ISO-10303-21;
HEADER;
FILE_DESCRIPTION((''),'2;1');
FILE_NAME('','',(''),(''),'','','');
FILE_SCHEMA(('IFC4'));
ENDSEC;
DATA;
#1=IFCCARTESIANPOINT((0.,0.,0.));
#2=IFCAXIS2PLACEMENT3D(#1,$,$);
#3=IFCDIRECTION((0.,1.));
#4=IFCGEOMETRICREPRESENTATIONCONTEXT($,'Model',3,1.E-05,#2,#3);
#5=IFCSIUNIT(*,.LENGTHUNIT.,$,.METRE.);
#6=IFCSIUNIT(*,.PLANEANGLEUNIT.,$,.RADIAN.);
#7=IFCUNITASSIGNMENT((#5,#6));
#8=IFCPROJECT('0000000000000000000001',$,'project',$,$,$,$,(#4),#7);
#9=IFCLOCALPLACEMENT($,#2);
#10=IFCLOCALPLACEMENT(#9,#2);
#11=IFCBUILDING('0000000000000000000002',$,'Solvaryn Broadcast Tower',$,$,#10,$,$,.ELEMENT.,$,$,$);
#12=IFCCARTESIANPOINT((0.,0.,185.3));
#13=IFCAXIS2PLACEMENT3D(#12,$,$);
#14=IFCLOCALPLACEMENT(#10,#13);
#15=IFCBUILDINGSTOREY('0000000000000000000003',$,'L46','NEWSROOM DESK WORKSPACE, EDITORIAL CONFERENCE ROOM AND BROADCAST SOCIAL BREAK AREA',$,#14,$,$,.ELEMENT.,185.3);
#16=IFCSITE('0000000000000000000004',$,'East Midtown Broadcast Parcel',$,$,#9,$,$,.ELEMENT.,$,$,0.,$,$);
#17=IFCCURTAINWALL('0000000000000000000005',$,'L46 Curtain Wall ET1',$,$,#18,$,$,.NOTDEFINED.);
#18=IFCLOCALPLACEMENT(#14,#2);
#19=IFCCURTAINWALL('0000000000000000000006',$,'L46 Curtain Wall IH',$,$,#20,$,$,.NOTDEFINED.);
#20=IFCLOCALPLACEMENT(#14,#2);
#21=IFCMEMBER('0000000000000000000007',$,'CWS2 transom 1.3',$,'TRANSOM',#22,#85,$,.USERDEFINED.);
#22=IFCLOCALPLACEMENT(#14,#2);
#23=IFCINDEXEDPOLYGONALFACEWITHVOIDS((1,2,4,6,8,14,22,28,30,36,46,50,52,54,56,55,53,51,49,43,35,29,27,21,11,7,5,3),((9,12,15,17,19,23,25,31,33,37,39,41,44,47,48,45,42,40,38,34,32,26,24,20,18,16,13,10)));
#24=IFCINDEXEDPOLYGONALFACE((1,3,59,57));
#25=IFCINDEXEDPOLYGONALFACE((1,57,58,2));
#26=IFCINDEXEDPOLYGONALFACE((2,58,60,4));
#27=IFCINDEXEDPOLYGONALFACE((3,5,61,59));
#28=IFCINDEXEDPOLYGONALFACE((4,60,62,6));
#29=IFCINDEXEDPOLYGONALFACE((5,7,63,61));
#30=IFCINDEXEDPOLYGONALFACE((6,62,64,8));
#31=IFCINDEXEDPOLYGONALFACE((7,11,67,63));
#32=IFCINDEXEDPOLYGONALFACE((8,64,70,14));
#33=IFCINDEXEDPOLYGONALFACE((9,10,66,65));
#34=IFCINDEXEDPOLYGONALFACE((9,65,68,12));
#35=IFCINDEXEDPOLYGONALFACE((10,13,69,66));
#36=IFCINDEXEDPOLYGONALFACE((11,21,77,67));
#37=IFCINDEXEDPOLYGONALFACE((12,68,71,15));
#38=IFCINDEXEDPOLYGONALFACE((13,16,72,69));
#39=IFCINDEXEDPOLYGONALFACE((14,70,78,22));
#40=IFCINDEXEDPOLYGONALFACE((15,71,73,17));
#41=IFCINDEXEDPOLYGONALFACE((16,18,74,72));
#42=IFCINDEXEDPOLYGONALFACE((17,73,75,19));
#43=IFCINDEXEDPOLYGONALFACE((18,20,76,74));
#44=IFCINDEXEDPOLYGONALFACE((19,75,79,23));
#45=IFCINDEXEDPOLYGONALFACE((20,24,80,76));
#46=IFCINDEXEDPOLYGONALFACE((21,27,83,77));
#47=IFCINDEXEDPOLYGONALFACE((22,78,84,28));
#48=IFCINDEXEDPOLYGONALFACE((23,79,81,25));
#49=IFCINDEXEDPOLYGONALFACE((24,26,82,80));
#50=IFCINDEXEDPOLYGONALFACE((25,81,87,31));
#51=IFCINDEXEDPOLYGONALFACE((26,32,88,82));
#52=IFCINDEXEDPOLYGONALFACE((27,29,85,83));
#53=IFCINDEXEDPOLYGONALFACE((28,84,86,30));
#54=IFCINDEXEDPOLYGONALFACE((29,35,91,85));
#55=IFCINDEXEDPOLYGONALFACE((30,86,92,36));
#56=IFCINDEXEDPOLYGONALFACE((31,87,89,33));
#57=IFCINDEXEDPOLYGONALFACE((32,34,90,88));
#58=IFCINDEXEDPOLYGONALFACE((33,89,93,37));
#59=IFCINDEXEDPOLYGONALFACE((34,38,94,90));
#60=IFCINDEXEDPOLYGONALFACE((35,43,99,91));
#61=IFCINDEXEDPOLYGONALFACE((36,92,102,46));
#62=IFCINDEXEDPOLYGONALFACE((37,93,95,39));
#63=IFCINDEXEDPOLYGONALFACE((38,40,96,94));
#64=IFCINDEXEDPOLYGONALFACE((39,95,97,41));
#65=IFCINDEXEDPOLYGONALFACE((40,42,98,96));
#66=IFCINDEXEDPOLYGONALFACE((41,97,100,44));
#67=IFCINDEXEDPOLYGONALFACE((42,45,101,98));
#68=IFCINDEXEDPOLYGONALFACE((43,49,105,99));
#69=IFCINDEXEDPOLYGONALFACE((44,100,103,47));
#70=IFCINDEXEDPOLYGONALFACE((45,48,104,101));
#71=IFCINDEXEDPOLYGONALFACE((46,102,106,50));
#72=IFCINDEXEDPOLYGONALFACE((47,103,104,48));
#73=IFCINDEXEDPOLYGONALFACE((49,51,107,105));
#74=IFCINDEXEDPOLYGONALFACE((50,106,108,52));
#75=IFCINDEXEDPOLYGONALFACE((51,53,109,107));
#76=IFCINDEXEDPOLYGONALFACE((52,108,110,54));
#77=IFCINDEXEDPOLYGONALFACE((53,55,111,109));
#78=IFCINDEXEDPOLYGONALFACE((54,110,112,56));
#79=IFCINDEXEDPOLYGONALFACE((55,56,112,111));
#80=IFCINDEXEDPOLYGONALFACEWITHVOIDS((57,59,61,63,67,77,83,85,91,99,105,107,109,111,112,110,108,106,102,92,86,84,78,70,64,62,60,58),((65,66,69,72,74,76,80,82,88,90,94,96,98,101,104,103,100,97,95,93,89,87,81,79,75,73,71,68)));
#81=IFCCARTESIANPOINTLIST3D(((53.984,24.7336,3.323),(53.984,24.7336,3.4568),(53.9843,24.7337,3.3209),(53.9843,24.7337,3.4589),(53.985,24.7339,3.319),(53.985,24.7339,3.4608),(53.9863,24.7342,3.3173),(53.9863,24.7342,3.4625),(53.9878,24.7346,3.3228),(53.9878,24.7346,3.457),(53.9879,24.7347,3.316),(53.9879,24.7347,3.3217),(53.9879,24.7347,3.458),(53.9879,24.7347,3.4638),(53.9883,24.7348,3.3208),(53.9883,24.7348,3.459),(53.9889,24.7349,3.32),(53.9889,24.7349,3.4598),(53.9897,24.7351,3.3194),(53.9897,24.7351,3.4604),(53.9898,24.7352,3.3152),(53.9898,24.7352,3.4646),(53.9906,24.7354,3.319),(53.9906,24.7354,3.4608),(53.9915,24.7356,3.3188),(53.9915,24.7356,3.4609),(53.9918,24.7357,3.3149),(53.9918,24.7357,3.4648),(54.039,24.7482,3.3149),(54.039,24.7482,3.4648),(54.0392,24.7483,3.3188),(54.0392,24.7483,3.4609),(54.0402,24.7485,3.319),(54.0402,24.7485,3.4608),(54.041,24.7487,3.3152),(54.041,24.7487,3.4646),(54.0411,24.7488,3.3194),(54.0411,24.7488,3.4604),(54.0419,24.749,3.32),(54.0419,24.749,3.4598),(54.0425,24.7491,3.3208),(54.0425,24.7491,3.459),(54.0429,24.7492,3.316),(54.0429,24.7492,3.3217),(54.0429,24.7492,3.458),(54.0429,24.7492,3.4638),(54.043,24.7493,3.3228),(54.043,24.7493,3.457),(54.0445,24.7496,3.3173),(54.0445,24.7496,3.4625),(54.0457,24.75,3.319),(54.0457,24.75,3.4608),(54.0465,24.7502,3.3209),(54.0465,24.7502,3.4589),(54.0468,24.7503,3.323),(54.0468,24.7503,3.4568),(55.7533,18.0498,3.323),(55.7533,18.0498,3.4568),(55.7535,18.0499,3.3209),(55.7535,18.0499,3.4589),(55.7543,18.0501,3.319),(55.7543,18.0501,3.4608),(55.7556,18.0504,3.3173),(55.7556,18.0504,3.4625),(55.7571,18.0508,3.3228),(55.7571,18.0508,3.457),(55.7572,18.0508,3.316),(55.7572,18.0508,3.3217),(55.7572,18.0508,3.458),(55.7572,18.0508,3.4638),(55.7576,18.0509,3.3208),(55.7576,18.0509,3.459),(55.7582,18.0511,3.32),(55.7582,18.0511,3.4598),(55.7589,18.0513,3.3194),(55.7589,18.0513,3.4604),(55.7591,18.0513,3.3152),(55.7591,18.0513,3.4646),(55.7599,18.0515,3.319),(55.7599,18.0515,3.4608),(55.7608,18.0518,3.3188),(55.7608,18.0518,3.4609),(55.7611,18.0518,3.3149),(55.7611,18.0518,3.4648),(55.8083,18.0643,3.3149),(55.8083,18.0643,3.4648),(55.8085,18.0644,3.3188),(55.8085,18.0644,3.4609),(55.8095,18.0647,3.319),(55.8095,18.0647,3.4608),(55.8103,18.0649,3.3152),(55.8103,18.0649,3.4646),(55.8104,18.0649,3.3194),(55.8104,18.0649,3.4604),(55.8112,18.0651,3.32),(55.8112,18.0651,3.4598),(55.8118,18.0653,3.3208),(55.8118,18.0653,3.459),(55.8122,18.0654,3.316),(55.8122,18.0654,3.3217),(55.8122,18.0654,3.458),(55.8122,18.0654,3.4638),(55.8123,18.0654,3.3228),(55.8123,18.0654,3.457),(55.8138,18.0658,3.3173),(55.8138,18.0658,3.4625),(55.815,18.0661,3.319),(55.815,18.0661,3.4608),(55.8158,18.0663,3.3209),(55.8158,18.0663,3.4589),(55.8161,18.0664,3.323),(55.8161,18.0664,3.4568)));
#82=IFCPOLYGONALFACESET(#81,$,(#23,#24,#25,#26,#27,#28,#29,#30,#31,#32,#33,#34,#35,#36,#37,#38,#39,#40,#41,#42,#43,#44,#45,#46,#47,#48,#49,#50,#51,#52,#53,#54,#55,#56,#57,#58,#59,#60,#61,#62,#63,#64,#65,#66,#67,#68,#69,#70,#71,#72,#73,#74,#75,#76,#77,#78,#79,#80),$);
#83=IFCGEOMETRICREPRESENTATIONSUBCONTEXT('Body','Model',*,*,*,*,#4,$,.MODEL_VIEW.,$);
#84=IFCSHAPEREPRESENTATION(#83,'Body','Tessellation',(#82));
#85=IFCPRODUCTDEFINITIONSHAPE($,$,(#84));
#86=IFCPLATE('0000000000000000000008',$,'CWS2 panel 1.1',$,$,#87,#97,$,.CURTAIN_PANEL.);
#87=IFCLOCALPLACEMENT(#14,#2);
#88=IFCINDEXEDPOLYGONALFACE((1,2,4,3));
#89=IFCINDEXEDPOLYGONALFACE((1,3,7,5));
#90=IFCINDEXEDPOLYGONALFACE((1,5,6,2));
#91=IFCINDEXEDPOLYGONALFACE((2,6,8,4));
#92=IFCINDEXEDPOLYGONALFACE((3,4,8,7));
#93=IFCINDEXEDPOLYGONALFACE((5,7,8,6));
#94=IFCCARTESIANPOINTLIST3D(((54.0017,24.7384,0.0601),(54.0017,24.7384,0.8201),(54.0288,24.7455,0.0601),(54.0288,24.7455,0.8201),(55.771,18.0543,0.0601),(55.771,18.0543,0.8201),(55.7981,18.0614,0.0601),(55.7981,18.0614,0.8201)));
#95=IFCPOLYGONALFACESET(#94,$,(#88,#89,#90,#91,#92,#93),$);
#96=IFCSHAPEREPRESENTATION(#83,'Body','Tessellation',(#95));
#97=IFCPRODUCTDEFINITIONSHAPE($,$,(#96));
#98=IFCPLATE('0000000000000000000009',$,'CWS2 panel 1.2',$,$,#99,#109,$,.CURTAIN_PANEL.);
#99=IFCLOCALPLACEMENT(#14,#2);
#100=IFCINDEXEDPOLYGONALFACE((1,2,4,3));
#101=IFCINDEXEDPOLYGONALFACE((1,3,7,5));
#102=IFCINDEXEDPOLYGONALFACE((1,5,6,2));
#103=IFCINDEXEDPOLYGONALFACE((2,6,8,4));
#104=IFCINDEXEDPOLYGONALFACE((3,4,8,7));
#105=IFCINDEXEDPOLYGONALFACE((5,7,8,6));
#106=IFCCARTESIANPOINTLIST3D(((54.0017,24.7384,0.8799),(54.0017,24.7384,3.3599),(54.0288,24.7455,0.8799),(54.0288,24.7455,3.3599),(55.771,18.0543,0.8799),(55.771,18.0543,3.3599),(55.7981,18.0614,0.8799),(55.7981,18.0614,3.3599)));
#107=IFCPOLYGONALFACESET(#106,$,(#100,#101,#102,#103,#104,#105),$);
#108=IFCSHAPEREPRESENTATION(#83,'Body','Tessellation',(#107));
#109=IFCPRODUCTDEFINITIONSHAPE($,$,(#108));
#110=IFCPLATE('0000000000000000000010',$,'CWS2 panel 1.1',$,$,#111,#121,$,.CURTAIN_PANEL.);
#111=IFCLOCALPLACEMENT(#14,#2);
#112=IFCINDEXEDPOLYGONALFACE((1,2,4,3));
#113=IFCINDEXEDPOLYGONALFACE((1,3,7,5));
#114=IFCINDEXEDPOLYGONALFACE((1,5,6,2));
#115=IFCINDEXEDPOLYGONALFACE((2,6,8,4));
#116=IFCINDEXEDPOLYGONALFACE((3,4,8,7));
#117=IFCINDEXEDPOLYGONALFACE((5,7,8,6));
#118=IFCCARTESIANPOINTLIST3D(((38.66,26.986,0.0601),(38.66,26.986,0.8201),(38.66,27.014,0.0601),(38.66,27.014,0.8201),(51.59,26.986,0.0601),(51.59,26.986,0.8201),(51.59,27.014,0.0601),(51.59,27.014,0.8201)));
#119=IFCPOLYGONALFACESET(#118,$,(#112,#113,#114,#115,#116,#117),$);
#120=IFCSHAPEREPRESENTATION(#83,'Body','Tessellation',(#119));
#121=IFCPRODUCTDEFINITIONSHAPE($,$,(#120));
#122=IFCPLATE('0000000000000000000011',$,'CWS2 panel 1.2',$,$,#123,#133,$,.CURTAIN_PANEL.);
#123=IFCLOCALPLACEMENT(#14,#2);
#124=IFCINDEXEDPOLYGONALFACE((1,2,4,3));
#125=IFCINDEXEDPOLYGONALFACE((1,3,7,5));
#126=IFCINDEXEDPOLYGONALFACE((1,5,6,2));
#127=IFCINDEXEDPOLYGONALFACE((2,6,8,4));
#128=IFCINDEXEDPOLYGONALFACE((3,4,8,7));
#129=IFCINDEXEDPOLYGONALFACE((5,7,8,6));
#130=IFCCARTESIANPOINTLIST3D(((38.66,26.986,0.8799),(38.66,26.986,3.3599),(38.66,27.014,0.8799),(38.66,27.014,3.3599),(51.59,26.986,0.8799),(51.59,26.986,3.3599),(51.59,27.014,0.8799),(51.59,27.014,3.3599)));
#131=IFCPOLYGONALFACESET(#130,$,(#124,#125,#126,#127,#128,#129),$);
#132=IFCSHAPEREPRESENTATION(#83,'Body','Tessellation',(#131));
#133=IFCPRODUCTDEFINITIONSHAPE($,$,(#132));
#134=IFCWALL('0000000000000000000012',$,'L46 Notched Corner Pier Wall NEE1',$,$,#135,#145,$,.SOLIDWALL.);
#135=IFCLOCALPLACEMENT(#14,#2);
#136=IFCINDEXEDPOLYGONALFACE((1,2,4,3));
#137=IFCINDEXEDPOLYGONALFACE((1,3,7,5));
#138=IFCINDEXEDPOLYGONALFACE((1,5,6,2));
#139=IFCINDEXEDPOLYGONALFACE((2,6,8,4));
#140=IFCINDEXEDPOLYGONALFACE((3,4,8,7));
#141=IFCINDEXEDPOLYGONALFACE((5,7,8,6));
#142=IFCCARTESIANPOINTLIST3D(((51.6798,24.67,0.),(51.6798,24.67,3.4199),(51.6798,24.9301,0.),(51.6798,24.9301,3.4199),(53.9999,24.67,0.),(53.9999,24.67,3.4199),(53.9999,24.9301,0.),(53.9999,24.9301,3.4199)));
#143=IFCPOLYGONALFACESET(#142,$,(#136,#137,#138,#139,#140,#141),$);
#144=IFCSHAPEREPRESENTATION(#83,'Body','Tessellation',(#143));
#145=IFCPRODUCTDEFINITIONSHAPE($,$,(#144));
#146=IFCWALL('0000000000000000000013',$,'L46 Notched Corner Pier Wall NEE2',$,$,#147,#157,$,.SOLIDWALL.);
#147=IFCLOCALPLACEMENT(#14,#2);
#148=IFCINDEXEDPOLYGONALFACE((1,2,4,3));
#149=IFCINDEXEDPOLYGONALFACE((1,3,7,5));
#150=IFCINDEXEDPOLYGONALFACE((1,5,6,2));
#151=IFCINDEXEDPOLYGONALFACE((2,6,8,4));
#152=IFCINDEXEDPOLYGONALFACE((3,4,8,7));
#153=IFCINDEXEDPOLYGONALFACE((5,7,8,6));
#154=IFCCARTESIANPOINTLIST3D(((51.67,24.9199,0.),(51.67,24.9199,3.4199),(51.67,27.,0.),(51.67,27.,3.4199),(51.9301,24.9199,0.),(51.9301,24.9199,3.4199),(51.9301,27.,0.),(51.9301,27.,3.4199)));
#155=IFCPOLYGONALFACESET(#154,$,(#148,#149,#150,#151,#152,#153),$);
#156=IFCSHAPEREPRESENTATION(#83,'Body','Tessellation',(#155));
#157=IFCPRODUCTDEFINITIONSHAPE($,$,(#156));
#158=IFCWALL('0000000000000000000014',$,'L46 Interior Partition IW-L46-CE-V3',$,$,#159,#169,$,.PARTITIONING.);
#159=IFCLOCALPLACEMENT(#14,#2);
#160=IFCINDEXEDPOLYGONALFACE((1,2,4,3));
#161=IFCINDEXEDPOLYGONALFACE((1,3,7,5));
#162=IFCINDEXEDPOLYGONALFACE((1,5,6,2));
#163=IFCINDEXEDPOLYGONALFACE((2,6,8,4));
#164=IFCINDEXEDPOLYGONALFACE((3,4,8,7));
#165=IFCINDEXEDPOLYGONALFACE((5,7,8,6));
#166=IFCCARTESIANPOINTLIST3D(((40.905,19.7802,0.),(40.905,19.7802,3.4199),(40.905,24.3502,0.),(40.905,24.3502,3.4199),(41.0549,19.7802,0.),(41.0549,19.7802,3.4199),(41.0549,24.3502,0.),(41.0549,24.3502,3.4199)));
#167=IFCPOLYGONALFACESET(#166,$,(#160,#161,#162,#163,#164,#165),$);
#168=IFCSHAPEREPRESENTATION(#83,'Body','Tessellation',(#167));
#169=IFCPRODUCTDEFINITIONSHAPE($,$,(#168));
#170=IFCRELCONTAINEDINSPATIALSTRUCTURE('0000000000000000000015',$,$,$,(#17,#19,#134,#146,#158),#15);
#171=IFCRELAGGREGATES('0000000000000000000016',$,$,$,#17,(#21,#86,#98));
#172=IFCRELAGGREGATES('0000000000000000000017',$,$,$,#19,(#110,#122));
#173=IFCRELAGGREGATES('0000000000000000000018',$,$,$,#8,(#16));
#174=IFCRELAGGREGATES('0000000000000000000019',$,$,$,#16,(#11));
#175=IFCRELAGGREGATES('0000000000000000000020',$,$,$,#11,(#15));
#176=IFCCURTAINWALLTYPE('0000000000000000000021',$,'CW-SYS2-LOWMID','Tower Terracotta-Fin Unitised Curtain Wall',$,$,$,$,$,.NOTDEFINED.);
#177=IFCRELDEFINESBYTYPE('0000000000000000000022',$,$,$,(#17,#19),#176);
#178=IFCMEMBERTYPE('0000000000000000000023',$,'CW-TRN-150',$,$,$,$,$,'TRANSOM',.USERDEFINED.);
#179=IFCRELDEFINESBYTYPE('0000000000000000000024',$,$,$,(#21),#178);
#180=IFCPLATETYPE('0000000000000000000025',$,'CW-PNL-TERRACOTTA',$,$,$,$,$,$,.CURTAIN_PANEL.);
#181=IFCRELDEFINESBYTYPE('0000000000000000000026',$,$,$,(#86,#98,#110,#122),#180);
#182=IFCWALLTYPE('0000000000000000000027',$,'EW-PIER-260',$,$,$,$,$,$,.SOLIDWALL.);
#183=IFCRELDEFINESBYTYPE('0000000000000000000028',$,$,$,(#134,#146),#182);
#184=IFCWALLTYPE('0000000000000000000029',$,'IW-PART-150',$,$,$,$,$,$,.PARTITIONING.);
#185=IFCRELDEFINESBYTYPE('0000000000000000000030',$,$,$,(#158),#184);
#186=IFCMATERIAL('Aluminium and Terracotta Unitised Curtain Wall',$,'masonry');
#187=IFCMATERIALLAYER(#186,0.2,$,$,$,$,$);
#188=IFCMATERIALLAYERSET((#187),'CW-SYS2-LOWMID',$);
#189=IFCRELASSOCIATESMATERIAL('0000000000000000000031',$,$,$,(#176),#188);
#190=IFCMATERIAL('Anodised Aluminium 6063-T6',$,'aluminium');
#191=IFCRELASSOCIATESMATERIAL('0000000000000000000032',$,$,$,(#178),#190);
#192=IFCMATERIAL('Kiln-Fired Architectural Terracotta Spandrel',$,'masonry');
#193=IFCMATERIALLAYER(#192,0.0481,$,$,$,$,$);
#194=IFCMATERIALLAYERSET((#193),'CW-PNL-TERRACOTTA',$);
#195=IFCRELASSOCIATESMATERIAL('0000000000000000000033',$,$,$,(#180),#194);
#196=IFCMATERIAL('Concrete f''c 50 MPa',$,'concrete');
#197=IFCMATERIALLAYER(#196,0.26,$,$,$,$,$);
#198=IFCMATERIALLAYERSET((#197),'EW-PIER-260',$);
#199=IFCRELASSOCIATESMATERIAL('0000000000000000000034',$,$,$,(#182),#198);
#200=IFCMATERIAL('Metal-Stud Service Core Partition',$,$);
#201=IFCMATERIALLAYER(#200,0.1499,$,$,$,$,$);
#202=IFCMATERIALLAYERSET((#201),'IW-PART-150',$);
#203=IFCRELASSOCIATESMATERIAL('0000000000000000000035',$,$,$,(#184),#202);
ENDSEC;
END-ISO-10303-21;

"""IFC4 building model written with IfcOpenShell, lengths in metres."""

from ifc_helpers import new_model, si_unit, direction, frame, frame_2d, origin, origin_2d, place, context, subcontext, project, spatial, rectangle, hollow_rectangle, extrude, material, layer, layer_set, material_profile, profile_set, type_object, element, aggregate, save


model = new_model("IFC4")

# Units and contexts
model_context = context("Model", 3, precision=1e-05, world=origin(), true_north=direction((0.0, 1.0)))
body_context = subcontext(model_context, "Body", "Model", "MODEL_VIEW")
ifc_project = project(units=[si_unit("LENGTHUNIT", "METRE"), si_unit("PLANEANGLEUNIT", "RADIAN")], contexts=[model_context])

# Site, building, storey
site_placement = place(None, origin())
site = spatial("IfcSite", under=ifc_project, at=site_placement, Name="East Midtown Broadcast Parcel", CompositionType="ELEMENT", RefElevation=0.0)
building_placement = place(site_placement, origin())
building = spatial("IfcBuilding", under=site, at=building_placement, Name="Solvaryn Broadcast Tower", CompositionType="ELEMENT")
storey_placement = place(building_placement, frame((0.0, 0.0, 185.3)))
storey = spatial("IfcBuildingStorey", under=building, at=storey_placement, Name="L46", Description="NEWSROOM DESK WORKSPACE, EDITORIAL CONFERENCE ROOM AND BROADCAST SOCIAL BREAK AREA", CompositionType="ELEMENT", Elevation=185.3)

# Curtain walls
ifc_material_1 = material(Name="Aluminium and Terracotta Unitised Curtain Wall", Category="masonry")
ifc_layer_1 = layer(ifc_material_1, 0.2)
ifc_layer_set_1 = layer_set([ifc_layer_1], Name="CW-SYS2-LOWMID")
curtain_wall_type = type_object("IfcCurtainWallType", Name="CW-SYS2-LOWMID", Description="Tower Terracotta-Fin Unitised Curtain Wall", PredefinedType="NOTDEFINED", material=ifc_layer_set_1)
curtain_wall_1_placement = place(storey_placement, origin())
curtain_wall_1 = element("IfcCurtainWall", 1, at=curtain_wall_1_placement, inside=storey, type_object=curtain_wall_type, Name="L46 Curtain Wall ET1", PredefinedType="NOTDEFINED")
curtain_wall_2_placement = place(storey_placement, origin())
curtain_wall_2 = element("IfcCurtainWall", 2, at=curtain_wall_2_placement, inside=storey, type_object=curtain_wall_type, Name="L46 Curtain Wall IH", PredefinedType="NOTDEFINED")

# Member
ifc_material_2 = material(Name="Anodised Aluminium 6063-T6", Category="aluminium")
ifc_material_profile_1 = material_profile(ifc_material_2, hollow_rectangle(XDim=0.0649, YDim=0.1499, WallThickness=0.0039, InnerFilletRadius=0.0039, OuterFilletRadius=0.0081, at=origin_2d()))
ifc_profile_set_1 = profile_set([ifc_material_profile_1], Name="Anodised Aluminium 6063-T6")
member_type_1 = type_object("IfcMemberType", Name="CW-TRN-150", ElementType="TRANSOM", PredefinedType="USERDEFINED", material=ifc_profile_set_1)
member_1_placement = place(storey_placement, frame((54.0154, 24.7419, 3.3899), z_axis=(0.255897, -0.966704, 0.0), x_axis=(0.966704, 0.255897, 0.0)))
member_1 = element("IfcMember", 3, at=member_1_placement, type_object=member_type_1, Name="CWS2 transom 1.3", ObjectType="TRANSOM", PredefinedType="USERDEFINED", context=body_context, shape_type="SweptSolid", body=[
    extrude(hollow_rectangle(XDim=0.0649, YDim=0.1499, WallThickness=0.0039, InnerFilletRadius=0.0039, OuterFilletRadius=0.0081, at=origin_2d()), origin(), (0.0, 0.0, 1.0), 6.9141),
])

# Plates
ifc_material_3 = material(Name="Kiln-Fired Architectural Terracotta Spandrel", Category="masonry")
ifc_layer_2 = layer(ifc_material_3, 0.0481)
ifc_layer_set_2 = layer_set([ifc_layer_2], Name="CW-PNL-TERRACOTTA")
plate_type = type_object("IfcPlateType", Name="CW-PNL-TERRACOTTA", PredefinedType="CURTAIN_PANEL", material=ifc_layer_set_2)
plate_1_placement = place(storey_placement, frame((54.8999, 21.3999, 0.0601), z_axis=(0.0, 0.0, 1.0), x_axis=(0.255893, -0.966705, 0.0)))
plate_1 = element("IfcPlate", 4, at=plate_1_placement, type_object=plate_type, Name="CWS2 panel 1.1", PredefinedType="CURTAIN_PANEL", context=body_context, shape_type="SweptSolid", body=[
    extrude(rectangle(XDim=6.9143, YDim=0.0281, at=origin_2d()), origin(), (0.0, 0.0, 1.0), 0.76),
])
plate_2_placement = place(storey_placement, frame((54.8999, 21.3999, 0.8799), z_axis=(0.0, 0.0, 1.0), x_axis=(0.255893, -0.966705, 0.0)))
plate_2 = element("IfcPlate", 5, at=plate_2_placement, type_object=plate_type, Name="CWS2 panel 1.2", PredefinedType="CURTAIN_PANEL", context=body_context, shape_type="SweptSolid", body=[
    extrude(rectangle(XDim=6.9143, YDim=0.0281, at=origin_2d()), origin(), (0.0, 0.0, 1.0), 2.48),
])
aggregate(curtain_wall_1, [member_1, plate_1, plate_2])
plate_3_placement = place(storey_placement, frame((45.125, 27.0, 0.0601), z_axis=(0.0, 0.0, 1.0), x_axis=(1.0, 0.0, 0.0)))
plate_3 = element("IfcPlate", 6, at=plate_3_placement, type_object=plate_type, Name="CWS2 panel 1.1", PredefinedType="CURTAIN_PANEL", context=body_context, shape_type="SweptSolid", body=[
    extrude(rectangle(XDim=12.9299, YDim=0.0281, at=origin_2d()), origin(), (0.0, 0.0, 1.0), 0.76),
])
plate_4_placement = place(storey_placement, frame((45.125, 27.0, 0.8799), z_axis=(0.0, 0.0, 1.0), x_axis=(1.0, 0.0, 0.0)))
plate_4 = element("IfcPlate", 7, at=plate_4_placement, type_object=plate_type, Name="CWS2 panel 1.2", PredefinedType="CURTAIN_PANEL", context=body_context, shape_type="SweptSolid", body=[
    extrude(rectangle(XDim=12.9299, YDim=0.0281, at=origin_2d()), origin(), (0.0, 0.0, 1.0), 2.48),
])
aggregate(curtain_wall_2, [plate_3, plate_4])

# Walls
ifc_material_4 = material(Name="Concrete f'c 50 MPa", Category="concrete")
ifc_layer_3 = layer(ifc_material_4, 0.26)
ifc_layer_set_3 = layer_set([ifc_layer_3], Name="EW-PIER-260")
wall_type_1 = type_object("IfcWallType", Name="EW-PIER-260", PredefinedType="SOLIDWALL", material=ifc_layer_set_3)
wall_1_placement = place(storey_placement, frame((54.0, 24.8, 0.0), z_axis=(0.0, 0.0, 1.0), x_axis=(-1.0, 0.0, 0.0)))
element("IfcWall", 8, at=wall_1_placement, inside=storey, type_object=wall_type_1, Name="L46 Notched Corner Pier Wall NEE1", PredefinedType="SOLIDWALL", context=body_context, shape_type="SweptSolid", body=[
    extrude(rectangle(XDim=2.3201, YDim=0.26, at=frame_2d((1.1602, 0.0))), origin(), (0.0, 0.0, 1.0), 3.4199),
])
wall_2_placement = place(storey_placement, frame((51.8, 24.9199, 0.0), z_axis=(0.0, 0.0, 1.0), x_axis=(0.0, 1.0, 0.0)))
element("IfcWall", 9, at=wall_2_placement, inside=storey, type_object=wall_type_1, Name="L46 Notched Corner Pier Wall NEE2", PredefinedType="SOLIDWALL", context=body_context, shape_type="SweptSolid", body=[
    extrude(rectangle(XDim=2.0801, YDim=0.26, at=frame_2d((1.04, 0.0))), origin(), (0.0, 0.0, 1.0), 3.4199),
])
ifc_material_5 = material(Name="Metal-Stud Service Core Partition")
ifc_layer_4 = layer(ifc_material_5, 0.1499)
ifc_layer_set_4 = layer_set([ifc_layer_4], Name="IW-PART-150")
wall_type_2 = type_object("IfcWallType", Name="IW-PART-150", PredefinedType="PARTITIONING", material=ifc_layer_set_4)
wall_3_placement = place(storey_placement, frame((40.98, 19.78, 0.0), z_axis=(0.0, 0.0, 1.0), x_axis=(0.0, 1.0, 0.0)))
element("IfcWall", 10, at=wall_3_placement, inside=storey, type_object=wall_type_2, Name="L46 Interior Partition IW-L46-CE-V3", PredefinedType="PARTITIONING", context=body_context, shape_type="SweptSolid", body=[
    extrude(rectangle(XDim=4.5701, YDim=0.1499, at=frame_2d((2.2852, 0.0))), origin(), (0.0, 0.0, 1.0), 3.4199),
])

save(model, "model.ifc")
